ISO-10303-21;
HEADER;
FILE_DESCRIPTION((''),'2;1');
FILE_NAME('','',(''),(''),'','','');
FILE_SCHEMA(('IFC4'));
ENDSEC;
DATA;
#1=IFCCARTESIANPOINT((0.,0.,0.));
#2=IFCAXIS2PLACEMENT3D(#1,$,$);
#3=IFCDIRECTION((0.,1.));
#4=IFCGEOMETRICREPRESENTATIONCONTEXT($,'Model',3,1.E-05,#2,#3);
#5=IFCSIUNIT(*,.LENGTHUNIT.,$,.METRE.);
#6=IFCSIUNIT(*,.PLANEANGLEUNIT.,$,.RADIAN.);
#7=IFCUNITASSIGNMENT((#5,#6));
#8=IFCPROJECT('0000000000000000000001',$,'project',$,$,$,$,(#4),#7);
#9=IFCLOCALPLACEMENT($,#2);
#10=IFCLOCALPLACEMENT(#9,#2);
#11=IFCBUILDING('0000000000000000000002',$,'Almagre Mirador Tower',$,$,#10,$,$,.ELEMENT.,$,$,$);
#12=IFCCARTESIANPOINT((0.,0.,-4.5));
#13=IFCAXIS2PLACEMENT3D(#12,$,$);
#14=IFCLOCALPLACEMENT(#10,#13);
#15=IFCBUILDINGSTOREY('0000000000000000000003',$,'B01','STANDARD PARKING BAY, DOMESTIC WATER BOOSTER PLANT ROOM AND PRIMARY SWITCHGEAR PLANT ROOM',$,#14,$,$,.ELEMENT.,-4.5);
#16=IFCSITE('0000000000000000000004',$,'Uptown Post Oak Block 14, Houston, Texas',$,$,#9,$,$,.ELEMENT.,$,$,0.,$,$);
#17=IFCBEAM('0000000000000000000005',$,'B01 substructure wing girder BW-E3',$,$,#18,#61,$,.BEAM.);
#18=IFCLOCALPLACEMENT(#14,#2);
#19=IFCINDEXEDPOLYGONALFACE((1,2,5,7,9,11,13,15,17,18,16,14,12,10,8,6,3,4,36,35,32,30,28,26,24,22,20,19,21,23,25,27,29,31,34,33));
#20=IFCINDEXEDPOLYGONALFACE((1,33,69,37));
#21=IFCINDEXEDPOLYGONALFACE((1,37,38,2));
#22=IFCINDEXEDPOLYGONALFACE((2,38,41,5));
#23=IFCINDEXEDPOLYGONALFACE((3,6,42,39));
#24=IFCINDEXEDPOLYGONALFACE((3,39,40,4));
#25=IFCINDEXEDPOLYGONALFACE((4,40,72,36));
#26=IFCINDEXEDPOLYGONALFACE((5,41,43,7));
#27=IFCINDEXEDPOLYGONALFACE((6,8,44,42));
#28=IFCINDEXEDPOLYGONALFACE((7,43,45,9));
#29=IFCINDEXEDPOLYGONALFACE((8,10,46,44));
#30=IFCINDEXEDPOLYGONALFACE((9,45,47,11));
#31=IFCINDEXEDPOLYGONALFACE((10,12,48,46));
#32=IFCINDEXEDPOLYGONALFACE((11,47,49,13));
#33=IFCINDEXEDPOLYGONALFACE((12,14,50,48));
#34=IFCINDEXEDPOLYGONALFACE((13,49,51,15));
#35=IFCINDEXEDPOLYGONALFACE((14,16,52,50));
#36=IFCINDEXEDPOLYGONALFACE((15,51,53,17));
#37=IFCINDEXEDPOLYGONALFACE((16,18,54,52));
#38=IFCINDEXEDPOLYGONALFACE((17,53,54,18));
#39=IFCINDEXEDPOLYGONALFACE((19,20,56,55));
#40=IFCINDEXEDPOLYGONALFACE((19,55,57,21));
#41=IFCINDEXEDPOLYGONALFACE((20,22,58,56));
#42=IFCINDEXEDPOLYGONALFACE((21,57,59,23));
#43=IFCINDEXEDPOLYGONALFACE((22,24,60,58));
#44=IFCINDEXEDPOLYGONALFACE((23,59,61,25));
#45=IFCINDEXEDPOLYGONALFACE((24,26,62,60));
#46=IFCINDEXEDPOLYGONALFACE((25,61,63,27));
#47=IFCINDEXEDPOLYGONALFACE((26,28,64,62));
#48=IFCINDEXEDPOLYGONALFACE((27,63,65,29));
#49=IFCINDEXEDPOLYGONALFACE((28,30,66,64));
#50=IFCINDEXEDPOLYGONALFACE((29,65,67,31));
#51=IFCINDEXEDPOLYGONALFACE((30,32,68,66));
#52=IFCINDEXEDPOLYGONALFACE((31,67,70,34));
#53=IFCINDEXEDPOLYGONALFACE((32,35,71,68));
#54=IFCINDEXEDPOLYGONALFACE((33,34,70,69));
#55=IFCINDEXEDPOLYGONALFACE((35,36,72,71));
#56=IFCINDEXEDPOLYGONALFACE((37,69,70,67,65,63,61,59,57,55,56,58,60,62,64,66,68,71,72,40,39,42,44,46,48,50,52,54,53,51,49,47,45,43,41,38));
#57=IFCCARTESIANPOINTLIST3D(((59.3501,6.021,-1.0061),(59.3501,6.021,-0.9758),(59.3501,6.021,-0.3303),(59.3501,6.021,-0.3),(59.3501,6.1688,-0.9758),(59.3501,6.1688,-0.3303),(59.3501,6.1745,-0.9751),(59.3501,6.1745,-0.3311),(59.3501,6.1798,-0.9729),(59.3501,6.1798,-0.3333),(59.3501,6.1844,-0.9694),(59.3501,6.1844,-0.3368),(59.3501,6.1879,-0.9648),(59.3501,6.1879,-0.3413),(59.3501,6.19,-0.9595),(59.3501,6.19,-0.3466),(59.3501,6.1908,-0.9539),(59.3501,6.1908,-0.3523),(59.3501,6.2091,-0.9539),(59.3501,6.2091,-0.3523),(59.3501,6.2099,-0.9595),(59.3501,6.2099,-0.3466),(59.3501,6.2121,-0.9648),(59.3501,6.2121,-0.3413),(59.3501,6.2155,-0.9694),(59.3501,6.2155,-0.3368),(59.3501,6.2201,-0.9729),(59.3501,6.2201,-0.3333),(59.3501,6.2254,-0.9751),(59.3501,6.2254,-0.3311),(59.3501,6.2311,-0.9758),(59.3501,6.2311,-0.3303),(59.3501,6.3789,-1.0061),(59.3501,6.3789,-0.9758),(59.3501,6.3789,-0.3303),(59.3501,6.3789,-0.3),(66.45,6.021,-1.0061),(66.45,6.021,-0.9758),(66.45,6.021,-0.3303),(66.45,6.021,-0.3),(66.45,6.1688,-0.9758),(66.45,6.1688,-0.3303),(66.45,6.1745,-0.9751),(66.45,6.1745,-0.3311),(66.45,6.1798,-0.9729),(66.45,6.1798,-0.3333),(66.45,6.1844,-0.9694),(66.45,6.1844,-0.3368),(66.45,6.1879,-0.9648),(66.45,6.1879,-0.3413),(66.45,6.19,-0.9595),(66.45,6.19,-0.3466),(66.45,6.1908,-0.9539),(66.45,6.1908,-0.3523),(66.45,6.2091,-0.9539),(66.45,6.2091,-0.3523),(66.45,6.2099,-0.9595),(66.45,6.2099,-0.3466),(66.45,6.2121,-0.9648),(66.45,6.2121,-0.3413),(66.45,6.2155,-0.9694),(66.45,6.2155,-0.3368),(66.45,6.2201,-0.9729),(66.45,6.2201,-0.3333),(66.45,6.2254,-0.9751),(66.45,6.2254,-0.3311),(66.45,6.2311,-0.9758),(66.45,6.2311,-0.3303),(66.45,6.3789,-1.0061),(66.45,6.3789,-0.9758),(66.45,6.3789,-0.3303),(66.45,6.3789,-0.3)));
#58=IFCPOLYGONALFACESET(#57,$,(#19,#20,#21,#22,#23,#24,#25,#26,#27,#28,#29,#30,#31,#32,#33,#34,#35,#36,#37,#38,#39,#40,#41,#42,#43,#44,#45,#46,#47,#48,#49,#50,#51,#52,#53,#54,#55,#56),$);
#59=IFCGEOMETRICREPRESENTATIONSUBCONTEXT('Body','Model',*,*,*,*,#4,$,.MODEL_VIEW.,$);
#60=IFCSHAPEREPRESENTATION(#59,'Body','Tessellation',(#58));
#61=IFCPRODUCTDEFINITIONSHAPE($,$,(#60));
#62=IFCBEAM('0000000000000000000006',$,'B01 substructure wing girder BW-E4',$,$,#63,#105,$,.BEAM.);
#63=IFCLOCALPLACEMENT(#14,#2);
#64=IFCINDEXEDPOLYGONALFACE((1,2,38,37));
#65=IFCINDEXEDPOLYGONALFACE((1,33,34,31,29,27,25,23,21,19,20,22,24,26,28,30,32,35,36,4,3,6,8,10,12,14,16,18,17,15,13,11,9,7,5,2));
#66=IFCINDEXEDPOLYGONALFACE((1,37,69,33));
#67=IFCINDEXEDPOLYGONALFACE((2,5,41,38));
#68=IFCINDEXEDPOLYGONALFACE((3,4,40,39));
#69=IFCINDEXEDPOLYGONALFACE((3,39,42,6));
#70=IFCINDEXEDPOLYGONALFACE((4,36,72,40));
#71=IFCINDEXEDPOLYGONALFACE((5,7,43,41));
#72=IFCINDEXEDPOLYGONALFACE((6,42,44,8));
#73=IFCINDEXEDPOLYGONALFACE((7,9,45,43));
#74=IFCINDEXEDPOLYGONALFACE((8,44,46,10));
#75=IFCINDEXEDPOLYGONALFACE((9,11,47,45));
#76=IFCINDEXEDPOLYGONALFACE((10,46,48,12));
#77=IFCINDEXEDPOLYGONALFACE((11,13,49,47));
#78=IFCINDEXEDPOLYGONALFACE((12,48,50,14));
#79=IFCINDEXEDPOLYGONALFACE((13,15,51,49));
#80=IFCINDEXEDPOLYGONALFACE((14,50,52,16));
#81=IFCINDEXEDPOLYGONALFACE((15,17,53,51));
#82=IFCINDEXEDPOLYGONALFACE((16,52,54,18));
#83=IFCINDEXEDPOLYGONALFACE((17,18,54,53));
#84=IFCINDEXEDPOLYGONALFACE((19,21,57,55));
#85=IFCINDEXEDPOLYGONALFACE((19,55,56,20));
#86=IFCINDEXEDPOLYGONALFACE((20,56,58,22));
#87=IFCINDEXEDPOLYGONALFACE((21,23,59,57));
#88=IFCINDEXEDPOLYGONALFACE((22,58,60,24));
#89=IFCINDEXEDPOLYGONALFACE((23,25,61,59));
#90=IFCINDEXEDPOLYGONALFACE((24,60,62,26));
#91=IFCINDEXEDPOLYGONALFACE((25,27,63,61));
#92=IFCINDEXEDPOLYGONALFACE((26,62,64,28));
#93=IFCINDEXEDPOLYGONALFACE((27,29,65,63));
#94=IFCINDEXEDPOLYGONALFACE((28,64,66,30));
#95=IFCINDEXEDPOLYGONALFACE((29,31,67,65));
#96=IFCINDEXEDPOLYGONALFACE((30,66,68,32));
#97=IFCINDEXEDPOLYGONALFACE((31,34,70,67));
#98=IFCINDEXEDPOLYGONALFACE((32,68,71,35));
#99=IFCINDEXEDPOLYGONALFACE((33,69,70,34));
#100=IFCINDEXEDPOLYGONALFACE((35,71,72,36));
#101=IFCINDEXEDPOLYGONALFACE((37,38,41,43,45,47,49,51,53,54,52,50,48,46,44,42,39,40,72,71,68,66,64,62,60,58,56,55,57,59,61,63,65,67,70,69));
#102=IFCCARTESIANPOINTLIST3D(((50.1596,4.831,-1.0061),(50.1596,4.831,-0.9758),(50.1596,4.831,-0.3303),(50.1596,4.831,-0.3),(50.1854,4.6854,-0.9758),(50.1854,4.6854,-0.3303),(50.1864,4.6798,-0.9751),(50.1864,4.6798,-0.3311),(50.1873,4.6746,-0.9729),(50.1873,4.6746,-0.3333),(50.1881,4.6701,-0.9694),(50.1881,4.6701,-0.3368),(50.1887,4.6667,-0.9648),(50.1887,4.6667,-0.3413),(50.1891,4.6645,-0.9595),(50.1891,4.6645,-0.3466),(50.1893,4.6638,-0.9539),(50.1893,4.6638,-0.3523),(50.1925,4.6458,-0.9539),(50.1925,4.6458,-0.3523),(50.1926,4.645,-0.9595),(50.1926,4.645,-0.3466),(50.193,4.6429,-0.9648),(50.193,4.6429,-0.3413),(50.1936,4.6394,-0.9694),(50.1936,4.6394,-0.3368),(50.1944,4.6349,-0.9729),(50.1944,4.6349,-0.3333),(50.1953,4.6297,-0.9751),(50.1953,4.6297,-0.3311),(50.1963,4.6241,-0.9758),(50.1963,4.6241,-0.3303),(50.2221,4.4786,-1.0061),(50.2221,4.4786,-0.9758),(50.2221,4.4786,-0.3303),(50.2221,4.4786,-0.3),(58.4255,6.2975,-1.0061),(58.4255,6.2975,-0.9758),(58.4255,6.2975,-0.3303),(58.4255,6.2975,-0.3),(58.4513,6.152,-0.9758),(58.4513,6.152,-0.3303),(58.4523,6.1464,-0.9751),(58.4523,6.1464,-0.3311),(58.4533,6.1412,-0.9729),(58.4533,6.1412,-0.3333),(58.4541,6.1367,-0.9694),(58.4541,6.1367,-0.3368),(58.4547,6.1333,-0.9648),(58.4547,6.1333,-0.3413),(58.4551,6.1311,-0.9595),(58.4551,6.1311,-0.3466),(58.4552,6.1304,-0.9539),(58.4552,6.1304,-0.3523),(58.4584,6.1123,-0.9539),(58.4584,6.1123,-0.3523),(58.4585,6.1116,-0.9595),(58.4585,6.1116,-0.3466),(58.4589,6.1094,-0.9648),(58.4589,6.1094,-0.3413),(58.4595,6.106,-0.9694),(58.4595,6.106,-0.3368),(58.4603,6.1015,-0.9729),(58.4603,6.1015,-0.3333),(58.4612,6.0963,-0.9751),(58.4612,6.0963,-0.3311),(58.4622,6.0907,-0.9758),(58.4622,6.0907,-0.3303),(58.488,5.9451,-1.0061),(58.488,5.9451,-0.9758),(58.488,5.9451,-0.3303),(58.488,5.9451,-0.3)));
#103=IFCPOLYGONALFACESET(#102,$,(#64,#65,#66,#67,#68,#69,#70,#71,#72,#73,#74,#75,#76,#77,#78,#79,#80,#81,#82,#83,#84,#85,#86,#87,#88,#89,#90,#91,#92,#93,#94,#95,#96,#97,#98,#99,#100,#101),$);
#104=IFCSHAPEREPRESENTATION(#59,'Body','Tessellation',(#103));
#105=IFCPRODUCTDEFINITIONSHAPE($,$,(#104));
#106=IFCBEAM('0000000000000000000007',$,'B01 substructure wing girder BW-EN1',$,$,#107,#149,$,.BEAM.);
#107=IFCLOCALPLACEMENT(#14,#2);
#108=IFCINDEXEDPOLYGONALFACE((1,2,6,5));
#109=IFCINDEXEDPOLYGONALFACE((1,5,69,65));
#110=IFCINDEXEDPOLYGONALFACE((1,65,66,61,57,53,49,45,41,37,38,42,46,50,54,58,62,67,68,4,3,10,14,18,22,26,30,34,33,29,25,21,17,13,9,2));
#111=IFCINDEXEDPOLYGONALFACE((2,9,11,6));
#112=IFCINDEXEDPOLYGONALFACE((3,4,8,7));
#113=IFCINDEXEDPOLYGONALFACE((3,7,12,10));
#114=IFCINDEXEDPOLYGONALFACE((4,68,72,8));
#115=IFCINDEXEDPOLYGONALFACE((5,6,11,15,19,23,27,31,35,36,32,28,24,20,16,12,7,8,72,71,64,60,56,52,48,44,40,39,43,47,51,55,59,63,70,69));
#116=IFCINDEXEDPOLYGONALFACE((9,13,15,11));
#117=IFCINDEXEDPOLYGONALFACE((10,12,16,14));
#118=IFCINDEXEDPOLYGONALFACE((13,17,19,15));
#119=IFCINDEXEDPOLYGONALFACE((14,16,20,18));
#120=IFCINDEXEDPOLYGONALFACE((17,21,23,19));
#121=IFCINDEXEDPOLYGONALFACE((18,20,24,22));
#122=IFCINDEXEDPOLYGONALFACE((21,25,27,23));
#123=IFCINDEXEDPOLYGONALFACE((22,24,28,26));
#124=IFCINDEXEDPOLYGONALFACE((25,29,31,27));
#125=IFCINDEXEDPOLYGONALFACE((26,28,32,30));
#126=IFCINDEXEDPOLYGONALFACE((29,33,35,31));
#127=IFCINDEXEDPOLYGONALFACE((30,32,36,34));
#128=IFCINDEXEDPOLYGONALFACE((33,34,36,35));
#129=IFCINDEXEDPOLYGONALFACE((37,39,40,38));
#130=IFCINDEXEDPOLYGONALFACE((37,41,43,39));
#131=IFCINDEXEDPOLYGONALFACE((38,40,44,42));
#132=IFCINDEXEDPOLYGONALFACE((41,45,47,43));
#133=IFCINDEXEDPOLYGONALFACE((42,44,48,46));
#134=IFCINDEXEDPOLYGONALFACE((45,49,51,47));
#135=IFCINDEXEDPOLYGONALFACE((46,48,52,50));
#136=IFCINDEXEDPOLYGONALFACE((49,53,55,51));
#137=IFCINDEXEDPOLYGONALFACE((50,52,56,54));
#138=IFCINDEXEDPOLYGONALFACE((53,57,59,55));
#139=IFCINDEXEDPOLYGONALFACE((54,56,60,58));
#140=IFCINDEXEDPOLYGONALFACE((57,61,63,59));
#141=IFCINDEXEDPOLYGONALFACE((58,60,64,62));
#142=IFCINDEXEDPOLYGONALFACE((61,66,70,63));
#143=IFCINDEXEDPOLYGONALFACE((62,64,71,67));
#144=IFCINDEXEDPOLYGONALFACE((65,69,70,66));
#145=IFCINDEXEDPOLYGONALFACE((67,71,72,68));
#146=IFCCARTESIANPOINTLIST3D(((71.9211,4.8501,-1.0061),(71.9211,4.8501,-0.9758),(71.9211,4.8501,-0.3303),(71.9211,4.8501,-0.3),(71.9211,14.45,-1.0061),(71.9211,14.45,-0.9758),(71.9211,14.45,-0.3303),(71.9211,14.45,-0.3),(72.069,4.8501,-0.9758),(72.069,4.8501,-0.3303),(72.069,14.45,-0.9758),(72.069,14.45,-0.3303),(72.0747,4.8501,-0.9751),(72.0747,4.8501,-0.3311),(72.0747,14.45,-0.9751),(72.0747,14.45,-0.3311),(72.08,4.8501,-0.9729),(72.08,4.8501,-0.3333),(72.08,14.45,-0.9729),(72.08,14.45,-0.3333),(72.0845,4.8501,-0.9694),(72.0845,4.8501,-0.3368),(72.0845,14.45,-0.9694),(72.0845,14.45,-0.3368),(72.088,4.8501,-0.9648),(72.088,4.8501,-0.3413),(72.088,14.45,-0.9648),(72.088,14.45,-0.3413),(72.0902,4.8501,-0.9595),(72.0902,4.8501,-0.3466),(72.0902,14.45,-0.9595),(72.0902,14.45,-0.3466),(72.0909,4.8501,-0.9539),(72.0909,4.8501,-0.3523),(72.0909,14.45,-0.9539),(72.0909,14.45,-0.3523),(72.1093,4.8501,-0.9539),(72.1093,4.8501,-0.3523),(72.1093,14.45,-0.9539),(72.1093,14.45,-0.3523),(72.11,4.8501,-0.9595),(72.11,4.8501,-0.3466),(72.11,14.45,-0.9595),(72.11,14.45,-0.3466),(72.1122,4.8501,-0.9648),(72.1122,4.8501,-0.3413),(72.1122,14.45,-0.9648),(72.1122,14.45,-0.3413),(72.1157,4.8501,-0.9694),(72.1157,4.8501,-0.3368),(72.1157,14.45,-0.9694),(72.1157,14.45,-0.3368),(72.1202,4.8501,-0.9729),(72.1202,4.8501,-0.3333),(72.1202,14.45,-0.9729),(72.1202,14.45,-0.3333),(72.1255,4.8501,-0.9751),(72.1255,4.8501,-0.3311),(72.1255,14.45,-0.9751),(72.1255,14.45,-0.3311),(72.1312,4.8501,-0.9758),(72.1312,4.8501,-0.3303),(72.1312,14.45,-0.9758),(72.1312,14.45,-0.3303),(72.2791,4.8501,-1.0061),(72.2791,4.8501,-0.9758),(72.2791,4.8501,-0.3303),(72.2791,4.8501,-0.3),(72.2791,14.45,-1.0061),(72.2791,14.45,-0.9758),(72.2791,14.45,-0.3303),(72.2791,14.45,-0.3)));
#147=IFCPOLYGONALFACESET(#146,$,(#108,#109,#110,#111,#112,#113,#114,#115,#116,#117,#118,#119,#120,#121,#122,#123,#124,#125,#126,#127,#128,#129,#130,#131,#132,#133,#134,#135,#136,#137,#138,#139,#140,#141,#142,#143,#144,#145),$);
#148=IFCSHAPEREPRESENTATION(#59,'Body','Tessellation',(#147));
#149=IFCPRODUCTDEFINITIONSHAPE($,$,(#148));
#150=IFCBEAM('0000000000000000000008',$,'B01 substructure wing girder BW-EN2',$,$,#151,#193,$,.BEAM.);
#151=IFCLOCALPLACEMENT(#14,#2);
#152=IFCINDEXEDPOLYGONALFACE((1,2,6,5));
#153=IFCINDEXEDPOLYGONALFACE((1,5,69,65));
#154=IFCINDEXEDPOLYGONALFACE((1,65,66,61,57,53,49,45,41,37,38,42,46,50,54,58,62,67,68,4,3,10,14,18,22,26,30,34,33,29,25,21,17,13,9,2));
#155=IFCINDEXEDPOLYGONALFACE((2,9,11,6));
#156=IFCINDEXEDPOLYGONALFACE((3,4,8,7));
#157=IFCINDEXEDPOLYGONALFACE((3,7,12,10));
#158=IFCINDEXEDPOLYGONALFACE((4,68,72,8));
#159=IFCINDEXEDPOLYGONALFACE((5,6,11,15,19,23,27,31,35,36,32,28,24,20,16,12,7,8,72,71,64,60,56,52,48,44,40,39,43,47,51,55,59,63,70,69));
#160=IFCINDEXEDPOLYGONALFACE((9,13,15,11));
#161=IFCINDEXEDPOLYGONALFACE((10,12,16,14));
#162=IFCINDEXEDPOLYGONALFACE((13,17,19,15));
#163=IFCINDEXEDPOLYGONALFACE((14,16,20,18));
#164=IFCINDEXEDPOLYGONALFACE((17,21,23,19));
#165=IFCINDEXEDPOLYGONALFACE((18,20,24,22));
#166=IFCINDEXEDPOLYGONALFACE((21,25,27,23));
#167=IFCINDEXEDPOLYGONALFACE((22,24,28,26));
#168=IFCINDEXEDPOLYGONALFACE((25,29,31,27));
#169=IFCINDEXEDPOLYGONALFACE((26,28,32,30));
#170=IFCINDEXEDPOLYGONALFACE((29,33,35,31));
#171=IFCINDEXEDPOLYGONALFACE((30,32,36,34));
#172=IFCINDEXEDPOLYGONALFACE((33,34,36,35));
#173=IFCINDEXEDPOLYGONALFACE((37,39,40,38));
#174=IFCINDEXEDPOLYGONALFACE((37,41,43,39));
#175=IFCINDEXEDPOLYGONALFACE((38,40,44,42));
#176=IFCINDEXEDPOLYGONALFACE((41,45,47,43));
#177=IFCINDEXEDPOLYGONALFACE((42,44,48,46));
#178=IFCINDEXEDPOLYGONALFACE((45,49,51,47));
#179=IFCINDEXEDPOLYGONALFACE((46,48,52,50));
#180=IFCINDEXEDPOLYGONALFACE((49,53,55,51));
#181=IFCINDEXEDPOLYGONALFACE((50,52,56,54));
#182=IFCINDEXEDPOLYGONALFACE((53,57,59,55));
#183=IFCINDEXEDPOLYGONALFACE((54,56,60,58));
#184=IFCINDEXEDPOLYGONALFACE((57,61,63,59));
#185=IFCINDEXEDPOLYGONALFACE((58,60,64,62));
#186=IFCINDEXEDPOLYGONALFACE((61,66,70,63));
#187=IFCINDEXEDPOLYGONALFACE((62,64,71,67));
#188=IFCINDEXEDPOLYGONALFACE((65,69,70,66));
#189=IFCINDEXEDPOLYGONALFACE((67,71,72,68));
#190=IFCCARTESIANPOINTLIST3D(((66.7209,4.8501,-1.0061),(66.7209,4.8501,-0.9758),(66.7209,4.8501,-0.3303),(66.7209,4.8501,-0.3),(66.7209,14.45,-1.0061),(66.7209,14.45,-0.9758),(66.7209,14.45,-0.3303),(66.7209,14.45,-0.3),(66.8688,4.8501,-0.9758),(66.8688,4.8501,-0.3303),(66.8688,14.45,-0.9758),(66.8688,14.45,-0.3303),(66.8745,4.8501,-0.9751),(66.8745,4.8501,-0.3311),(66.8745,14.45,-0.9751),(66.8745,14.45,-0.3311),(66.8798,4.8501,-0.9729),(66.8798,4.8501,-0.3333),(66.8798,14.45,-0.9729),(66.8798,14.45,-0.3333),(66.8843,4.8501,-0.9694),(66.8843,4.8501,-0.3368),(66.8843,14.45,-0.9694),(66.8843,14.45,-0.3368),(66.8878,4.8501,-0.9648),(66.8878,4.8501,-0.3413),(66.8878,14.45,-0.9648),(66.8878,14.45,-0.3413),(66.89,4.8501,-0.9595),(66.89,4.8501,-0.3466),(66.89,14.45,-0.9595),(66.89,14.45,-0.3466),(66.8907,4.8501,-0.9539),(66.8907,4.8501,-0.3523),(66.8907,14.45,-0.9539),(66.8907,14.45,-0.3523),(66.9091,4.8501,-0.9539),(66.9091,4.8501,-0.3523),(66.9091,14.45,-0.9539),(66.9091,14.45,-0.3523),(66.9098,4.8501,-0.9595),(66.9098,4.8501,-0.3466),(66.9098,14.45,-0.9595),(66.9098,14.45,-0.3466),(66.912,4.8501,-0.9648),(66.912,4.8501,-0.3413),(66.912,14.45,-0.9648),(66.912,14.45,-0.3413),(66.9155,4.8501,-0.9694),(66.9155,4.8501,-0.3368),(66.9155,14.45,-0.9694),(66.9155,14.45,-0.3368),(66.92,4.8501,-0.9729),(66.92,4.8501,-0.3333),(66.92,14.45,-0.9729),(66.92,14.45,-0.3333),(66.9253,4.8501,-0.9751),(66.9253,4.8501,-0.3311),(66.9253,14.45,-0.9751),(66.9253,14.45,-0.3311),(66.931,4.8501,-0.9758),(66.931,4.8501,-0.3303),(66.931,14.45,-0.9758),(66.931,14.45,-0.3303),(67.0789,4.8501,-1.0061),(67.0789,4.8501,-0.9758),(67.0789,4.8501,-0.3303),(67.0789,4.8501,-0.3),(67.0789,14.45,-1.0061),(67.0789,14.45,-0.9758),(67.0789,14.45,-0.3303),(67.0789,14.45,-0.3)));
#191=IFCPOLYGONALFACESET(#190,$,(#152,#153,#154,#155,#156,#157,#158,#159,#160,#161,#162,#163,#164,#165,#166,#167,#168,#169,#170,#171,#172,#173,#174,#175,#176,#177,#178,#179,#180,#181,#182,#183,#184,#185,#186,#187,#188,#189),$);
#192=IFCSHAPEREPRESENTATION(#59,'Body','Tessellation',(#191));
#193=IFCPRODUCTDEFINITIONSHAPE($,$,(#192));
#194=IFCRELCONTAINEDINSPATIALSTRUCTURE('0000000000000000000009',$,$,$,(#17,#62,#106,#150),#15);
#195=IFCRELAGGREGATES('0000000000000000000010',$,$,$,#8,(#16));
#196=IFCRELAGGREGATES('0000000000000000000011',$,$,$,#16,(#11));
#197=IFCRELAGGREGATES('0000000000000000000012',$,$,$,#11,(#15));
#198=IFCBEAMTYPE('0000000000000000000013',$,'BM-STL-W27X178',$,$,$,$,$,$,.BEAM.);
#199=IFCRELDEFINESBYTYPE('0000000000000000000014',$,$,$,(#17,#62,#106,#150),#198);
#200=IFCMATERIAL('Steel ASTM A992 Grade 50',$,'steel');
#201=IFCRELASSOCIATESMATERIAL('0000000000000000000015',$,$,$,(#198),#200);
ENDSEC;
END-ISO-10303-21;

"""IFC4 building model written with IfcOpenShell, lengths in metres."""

from ifc_helpers import new_model, si_unit, direction, frame, origin, origin_2d, place, context, subcontext, project, spatial, i_section, extrude, material, material_profile, profile_set, type_object, element, save


model = new_model("IFC4")

# Units and contexts
model_context = context("Model", 3, precision=1e-05, world=origin(), true_north=direction((0.0, 1.0)))
body_context = subcontext(model_context, "Body", "Model", "MODEL_VIEW")
ifc_project = project(units=[si_unit("LENGTHUNIT", "METRE"), si_unit("PLANEANGLEUNIT", "RADIAN")], contexts=[model_context])

# Site, building, storey
site_placement = place(None, origin())
site = spatial("IfcSite", under=ifc_project, at=site_placement, Name="Uptown Post Oak Block 14, Houston, Texas", CompositionType="ELEMENT", RefElevation=0.0)
building_placement = place(site_placement, origin())
building = spatial("IfcBuilding", under=site, at=building_placement, Name="Almagre Mirador Tower", CompositionType="ELEMENT")
storey_placement = place(building_placement, frame((0.0, 0.0, -4.5)))
storey = spatial("IfcBuildingStorey", under=building, at=storey_placement, Name="B01", Description="STANDARD PARKING BAY, DOMESTIC WATER BOOSTER PLANT ROOM AND PRIMARY SWITCHGEAR PLANT ROOM", CompositionType="ELEMENT", Elevation=-4.5)

# Beams
ifc_material_1 = material(Name="Steel ASTM A992 Grade 50", Category="steel")
ifc_material_profile_1 = material_profile(ifc_material_1, i_section(OverallWidth=0.3579, OverallDepth=0.7061, WebThickness=0.0183, FlangeThickness=0.0303, FilletRadius=0.022, at=origin_2d()), Name="W27X178")
ifc_profile_set_1 = profile_set([ifc_material_profile_1], Name="Steel ASTM A992 Grade 50")
beam_type_1 = type_object("IfcBeamType", Name="BM-STL-W27X178", PredefinedType="BEAM", material=ifc_profile_set_1)
beam_1_placement = place(storey_placement, frame((66.45, 6.2, -0.6531), z_axis=(-1.0, 0.0, 0.0), x_axis=(0.0, -1.0, 0.0)))
element("IfcBeam", 1, at=beam_1_placement, inside=storey, type_object=beam_type_1, Name="B01 substructure wing girder BW-E3", PredefinedType="BEAM", context=body_context, shape_type="SweptSolid", body=[
    extrude(i_section(OverallWidth=0.3579, OverallDepth=0.7061, WebThickness=0.0183, FlangeThickness=0.0303, FilletRadius=0.022, at=origin_2d()), origin(), (0.0, 0.0, 1.0), 7.0999),
])
beam_2_placement = place(storey_placement, frame((58.4568, 6.1213, -0.6531), z_axis=(-0.984623, -0.174694, 0.0), x_axis=(0.174694, -0.984623, 0.0)))
element("IfcBeam", 2, at=beam_2_placement, inside=storey, type_object=beam_type_1, Name="B01 substructure wing girder BW-E4", PredefinedType="BEAM", context=body_context, shape_type="SweptSolid", body=[
    extrude(i_section(OverallWidth=0.3579, OverallDepth=0.7061, WebThickness=0.0183, FlangeThickness=0.0303, FilletRadius=0.022, at=origin_2d()), origin(), (0.0, 0.0, 1.0), 8.395),
])
for number, where, z_axis, x_axis, name in (
    (3, (72.1001, 4.8501, -0.6531), (0.0, 1.0, 0.0), (-1.0, 0.0, 0.0), "B01 substructure wing girder BW-EN1"),
    (4, (66.8999, 4.8501, -0.6531), (0.0, 1.0, 0.0), (-1.0, 0.0, 0.0), "B01 substructure wing girder BW-EN2"),
):
    element("IfcBeam", number, at=place(storey_placement, frame(where, z_axis=z_axis, x_axis=x_axis)), inside=storey, type_object=beam_type_1, Name=name, PredefinedType="BEAM", context=body_context, shape_type="SweptSolid", body=[
        extrude(i_section(OverallWidth=0.3579, OverallDepth=0.7061, WebThickness=0.0183, FlangeThickness=0.0303, FilletRadius=0.022, at=origin_2d()), origin(), (0.0, 0.0, 1.0), 9.5999),
    ])

save(model, "model.ifc")
